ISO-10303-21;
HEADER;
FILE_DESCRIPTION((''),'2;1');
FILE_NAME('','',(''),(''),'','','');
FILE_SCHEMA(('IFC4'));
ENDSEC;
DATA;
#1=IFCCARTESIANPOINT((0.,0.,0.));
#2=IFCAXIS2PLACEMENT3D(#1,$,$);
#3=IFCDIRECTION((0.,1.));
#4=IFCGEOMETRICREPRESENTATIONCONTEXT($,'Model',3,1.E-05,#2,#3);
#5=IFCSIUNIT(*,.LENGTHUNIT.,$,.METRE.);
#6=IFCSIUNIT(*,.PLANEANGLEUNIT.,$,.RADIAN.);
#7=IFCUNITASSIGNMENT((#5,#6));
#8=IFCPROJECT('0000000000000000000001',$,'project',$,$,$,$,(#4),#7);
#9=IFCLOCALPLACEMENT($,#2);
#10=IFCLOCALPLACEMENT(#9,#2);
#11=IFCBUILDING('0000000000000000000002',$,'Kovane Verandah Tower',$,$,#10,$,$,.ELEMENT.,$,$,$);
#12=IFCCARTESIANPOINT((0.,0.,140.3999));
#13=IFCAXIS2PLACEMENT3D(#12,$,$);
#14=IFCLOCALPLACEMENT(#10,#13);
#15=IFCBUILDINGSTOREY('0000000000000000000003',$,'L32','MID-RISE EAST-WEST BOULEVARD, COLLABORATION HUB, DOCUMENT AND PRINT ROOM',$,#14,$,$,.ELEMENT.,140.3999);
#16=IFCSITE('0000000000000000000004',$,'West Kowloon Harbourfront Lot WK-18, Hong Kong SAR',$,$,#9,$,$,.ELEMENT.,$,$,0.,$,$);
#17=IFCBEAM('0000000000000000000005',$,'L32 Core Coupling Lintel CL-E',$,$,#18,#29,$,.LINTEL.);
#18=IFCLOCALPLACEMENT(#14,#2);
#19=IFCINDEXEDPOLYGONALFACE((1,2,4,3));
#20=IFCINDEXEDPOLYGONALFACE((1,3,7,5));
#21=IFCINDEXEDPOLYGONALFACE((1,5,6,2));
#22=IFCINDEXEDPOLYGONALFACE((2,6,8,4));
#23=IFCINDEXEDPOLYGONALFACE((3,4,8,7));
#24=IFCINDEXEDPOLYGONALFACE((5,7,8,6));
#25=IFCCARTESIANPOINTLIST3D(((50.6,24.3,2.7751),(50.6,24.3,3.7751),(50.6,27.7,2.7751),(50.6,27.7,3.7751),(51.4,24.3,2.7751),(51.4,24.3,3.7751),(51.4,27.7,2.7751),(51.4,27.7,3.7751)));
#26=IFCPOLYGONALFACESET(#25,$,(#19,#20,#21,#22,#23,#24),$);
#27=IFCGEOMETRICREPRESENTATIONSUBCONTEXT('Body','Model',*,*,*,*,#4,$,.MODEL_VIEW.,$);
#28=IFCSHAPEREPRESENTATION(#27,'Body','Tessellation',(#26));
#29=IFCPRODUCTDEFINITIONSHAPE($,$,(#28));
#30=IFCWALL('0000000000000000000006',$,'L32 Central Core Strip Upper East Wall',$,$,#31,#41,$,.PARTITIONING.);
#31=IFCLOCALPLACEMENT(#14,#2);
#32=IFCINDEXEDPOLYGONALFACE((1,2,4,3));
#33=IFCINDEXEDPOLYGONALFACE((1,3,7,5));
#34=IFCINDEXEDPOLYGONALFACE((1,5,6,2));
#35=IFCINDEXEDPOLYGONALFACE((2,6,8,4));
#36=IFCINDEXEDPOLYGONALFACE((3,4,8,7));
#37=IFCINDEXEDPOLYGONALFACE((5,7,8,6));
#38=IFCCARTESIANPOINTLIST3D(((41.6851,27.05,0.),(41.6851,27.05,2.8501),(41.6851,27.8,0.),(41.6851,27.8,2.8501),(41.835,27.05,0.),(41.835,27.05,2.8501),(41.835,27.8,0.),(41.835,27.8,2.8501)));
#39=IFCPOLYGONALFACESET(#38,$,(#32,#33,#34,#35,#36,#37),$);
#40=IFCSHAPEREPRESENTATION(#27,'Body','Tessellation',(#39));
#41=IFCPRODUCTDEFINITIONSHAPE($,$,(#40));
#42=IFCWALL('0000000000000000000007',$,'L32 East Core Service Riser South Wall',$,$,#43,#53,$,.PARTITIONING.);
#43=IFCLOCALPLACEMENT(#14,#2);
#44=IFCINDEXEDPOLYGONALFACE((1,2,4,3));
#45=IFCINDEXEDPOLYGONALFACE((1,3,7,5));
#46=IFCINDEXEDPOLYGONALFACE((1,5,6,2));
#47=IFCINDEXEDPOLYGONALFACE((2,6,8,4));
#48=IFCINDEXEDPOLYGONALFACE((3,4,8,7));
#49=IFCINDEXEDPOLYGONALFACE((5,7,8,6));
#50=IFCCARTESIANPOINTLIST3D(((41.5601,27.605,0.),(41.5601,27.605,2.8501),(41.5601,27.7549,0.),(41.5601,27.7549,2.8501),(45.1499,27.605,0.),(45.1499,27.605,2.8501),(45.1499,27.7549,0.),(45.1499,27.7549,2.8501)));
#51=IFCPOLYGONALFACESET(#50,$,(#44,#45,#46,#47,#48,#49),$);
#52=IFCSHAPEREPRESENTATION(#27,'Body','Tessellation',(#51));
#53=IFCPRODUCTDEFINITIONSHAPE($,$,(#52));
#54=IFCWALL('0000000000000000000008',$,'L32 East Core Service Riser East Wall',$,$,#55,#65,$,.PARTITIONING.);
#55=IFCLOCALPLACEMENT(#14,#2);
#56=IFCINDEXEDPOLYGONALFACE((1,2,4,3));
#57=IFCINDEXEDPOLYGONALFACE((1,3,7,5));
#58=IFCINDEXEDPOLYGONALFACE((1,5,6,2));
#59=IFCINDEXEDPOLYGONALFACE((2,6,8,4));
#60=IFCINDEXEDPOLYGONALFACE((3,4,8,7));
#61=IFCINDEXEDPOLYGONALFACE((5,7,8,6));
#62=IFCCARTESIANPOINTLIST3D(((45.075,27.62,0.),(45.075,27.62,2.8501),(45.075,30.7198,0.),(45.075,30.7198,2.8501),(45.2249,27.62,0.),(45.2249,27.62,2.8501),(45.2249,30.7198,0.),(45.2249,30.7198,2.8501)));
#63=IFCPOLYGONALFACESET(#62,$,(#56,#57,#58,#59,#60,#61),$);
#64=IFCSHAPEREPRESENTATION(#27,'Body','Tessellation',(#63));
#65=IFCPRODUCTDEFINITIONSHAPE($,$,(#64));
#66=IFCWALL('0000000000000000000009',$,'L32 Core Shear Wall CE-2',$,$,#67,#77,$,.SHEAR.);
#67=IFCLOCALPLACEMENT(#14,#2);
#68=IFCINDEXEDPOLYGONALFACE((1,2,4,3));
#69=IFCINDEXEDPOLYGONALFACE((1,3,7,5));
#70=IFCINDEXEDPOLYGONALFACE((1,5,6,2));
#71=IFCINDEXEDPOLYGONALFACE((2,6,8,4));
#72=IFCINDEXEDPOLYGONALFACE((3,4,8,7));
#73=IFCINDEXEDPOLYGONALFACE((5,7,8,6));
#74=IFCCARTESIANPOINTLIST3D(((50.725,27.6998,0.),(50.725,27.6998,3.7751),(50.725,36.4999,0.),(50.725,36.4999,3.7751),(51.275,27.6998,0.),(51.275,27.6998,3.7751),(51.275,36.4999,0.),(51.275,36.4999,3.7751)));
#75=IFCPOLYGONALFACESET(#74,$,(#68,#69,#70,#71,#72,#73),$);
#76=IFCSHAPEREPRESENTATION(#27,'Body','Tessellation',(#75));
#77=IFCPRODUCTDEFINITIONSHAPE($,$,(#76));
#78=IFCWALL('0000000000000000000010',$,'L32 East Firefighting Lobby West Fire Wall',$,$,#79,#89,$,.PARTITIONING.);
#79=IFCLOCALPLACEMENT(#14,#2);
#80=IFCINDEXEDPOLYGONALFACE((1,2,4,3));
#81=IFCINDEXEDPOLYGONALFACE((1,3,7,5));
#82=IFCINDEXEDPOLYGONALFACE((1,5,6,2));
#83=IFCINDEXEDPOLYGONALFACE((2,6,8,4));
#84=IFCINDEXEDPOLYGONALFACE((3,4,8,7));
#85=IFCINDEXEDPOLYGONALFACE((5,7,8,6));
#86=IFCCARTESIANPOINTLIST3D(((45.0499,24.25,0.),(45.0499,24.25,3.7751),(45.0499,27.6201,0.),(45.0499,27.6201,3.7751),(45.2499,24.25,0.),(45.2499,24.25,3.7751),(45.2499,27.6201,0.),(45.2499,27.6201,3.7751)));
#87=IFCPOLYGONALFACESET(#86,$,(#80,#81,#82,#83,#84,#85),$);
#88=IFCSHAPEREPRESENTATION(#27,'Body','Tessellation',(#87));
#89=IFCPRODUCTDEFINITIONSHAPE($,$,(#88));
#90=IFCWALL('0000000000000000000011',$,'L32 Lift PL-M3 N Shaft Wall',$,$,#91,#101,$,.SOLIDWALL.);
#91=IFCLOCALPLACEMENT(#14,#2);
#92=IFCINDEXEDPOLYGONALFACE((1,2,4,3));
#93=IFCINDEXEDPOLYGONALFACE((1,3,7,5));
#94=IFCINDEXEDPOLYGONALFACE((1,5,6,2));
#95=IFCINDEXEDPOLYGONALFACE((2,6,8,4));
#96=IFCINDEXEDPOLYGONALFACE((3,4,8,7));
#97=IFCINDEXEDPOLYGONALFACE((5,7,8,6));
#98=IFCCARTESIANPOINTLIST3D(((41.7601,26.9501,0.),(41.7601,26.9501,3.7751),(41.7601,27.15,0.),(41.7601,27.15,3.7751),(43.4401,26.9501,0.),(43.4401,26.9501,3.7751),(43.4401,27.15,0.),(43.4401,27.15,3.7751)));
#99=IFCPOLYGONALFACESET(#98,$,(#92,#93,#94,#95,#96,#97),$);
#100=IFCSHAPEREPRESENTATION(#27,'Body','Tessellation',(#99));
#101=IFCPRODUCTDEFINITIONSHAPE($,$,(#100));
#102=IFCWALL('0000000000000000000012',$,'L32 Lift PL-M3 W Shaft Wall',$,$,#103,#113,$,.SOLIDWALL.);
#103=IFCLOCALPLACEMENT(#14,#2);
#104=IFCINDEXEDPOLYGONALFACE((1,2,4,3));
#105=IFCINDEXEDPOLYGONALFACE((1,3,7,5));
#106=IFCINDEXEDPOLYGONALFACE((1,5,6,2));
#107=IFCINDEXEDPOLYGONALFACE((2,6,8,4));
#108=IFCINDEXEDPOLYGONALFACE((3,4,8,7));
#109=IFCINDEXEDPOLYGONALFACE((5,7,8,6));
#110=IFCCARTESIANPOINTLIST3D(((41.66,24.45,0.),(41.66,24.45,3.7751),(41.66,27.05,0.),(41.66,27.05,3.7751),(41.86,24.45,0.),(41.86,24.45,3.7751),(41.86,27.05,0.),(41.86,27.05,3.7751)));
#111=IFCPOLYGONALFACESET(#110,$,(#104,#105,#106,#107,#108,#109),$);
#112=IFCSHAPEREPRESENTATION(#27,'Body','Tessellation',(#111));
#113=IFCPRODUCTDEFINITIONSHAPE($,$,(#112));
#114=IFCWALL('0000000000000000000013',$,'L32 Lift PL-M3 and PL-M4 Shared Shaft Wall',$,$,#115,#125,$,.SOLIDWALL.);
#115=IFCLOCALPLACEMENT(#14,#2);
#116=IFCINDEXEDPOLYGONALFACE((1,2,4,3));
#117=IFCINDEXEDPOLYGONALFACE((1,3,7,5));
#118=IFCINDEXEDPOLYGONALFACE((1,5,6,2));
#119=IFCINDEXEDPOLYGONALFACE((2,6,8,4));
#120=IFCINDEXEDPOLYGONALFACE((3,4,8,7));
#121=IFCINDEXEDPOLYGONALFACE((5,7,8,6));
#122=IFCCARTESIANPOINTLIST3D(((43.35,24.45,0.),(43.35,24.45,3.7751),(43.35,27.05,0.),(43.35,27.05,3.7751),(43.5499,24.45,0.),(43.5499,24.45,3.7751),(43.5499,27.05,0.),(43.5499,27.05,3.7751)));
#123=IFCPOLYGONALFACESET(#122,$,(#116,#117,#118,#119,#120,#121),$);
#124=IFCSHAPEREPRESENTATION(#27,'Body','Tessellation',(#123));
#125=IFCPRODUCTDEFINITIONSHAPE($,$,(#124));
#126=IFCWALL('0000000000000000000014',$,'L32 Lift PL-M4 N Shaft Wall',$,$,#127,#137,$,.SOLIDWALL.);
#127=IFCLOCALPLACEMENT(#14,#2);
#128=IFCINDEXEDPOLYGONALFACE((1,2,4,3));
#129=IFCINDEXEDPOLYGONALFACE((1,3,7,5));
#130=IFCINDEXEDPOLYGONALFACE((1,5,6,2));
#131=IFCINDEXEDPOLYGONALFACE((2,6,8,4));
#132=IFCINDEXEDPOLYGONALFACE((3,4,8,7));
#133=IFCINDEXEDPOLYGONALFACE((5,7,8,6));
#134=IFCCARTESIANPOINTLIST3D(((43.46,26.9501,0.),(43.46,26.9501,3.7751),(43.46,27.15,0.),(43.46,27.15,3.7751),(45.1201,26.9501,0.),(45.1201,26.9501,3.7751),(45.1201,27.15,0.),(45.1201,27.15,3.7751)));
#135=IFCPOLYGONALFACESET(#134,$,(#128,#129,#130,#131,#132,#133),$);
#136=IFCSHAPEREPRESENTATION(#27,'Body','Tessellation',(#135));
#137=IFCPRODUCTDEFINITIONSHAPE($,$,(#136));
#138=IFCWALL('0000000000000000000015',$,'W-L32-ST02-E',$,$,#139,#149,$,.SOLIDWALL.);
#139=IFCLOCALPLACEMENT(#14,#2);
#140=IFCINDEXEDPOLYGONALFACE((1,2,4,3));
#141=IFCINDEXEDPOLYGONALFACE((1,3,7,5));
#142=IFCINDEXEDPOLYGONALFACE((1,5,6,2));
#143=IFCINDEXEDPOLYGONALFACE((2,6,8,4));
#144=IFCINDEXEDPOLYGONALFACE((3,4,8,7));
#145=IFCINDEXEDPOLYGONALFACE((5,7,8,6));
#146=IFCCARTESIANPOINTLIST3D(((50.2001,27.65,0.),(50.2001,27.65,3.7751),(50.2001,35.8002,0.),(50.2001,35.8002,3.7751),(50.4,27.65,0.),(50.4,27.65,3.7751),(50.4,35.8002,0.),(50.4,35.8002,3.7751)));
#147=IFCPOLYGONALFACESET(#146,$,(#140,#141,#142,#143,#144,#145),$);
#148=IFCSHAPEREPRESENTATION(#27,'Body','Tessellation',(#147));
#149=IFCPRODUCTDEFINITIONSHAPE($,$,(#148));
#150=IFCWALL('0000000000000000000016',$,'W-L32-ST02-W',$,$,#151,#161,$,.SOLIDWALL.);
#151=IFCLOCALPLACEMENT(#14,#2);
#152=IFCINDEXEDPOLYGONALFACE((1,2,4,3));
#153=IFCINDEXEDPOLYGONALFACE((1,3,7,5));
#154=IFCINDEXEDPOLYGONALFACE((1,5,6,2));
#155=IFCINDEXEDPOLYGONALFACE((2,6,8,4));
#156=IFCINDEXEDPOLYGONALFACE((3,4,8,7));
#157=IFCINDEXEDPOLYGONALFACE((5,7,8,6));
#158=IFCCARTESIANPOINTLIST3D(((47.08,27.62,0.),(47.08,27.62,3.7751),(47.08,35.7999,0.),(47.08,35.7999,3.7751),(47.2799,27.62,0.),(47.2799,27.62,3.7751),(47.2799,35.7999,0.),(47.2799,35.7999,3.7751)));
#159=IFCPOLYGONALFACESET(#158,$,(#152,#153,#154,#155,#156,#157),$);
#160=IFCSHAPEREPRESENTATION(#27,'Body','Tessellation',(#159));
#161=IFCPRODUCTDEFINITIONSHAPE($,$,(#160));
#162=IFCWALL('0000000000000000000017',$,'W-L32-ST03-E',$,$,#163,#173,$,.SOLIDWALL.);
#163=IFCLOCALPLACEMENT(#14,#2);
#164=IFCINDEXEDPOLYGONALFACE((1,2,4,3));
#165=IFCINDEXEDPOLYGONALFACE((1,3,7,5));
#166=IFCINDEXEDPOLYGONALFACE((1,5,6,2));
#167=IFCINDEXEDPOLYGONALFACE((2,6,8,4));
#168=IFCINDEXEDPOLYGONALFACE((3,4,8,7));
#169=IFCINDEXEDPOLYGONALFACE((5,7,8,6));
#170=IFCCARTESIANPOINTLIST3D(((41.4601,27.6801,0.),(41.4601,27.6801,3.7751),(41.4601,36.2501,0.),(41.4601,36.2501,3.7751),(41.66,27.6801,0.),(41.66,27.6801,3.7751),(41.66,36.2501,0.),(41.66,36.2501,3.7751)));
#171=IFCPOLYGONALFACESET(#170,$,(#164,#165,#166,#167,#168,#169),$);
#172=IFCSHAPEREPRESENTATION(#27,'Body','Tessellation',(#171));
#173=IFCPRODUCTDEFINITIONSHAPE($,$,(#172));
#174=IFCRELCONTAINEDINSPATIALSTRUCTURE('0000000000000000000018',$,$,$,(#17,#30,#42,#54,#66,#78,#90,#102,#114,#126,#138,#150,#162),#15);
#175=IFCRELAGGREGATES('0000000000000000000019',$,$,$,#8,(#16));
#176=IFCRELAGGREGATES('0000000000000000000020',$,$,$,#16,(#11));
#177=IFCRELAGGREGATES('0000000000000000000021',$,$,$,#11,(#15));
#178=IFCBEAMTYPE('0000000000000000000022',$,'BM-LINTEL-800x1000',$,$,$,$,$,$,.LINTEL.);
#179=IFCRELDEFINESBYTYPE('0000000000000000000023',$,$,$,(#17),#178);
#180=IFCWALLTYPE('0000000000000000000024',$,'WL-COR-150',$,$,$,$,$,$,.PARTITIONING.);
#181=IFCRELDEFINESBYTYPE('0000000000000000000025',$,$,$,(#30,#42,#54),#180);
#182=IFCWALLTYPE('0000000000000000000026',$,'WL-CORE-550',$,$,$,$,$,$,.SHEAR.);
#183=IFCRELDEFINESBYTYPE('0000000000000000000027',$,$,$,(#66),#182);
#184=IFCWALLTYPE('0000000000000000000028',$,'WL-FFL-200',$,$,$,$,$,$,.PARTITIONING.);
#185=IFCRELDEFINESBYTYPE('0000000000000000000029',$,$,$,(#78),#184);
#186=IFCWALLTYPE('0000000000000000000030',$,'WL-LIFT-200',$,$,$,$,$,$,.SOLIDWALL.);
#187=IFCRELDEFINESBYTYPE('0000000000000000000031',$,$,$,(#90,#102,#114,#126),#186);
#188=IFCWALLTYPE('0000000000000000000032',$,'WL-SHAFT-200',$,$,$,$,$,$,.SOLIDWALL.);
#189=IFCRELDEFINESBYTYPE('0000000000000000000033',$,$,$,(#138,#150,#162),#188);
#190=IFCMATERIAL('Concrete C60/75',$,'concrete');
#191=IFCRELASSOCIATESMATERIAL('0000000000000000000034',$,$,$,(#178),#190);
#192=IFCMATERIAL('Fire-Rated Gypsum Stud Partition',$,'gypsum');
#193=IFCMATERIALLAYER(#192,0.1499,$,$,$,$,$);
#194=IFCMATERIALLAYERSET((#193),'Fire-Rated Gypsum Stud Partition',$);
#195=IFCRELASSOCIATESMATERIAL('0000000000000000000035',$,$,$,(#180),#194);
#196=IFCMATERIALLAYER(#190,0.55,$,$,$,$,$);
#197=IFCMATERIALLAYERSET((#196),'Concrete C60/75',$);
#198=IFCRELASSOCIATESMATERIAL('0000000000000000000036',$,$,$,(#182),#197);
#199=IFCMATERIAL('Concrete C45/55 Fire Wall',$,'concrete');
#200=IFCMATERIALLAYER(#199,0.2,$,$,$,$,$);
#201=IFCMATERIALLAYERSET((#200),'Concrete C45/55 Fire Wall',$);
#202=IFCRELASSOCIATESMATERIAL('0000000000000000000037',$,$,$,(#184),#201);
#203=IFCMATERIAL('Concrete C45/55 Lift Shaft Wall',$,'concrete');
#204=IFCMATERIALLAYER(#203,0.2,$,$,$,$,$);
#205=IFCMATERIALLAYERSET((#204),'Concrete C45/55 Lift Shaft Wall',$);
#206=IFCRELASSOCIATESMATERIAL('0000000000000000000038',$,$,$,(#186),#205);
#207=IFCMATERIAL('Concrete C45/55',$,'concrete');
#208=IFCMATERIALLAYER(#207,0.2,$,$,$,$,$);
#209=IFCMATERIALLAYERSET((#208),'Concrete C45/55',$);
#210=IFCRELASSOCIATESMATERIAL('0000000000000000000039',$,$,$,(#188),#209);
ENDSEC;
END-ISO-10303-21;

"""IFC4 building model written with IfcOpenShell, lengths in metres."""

from ifc_helpers import new_model, si_unit, direction, frame, frame_2d, origin, origin_2d, place, context, subcontext, project, spatial, rectangle, extrude, material, layer, layer_set, material_profile, profile_set, type_object, element, save


model = new_model("IFC4")

# Units and contexts
model_context = context("Model", 3, precision=1e-05, world=origin(), true_north=direction((0.0, 1.0)))
body_context = subcontext(model_context, "Body", "Model", "MODEL_VIEW")
ifc_project = project(units=[si_unit("LENGTHUNIT", "METRE"), si_unit("PLANEANGLEUNIT", "RADIAN")], contexts=[model_context])

# Site, building, storey
site_placement = place(None, origin())
site = spatial("IfcSite", under=ifc_project, at=site_placement, Name="West Kowloon Harbourfront Lot WK-18, Hong Kong SAR", CompositionType="ELEMENT", RefElevation=0.0)
building_placement = place(site_placement, origin())
building = spatial("IfcBuilding", under=site, at=building_placement, Name="Kovane Verandah Tower", CompositionType="ELEMENT")
storey_placement = place(building_placement, frame((0.0, 0.0, 140.3999)))
storey = spatial("IfcBuildingStorey", under=building, at=storey_placement, Name="L32", Description="MID-RISE EAST-WEST BOULEVARD, COLLABORATION HUB, DOCUMENT AND PRINT ROOM", CompositionType="ELEMENT", Elevation=140.3999)

# Beam
ifc_material_1 = material(Name="Concrete C60/75", Category="concrete")
ifc_material_profile = material_profile(ifc_material_1, rectangle(XDim=0.8, YDim=1.0, at=origin_2d()), Name="RCB800x1000")
ifc_profile_set = profile_set([ifc_material_profile], Name="Concrete C60/75")
beam_type = type_object("IfcBeamType", Name="BM-LINTEL-800x1000", PredefinedType="LINTEL", material=ifc_profile_set)
beam_placement = place(storey_placement, frame((51.0, 24.3, 3.2751), z_axis=(0.0, 1.0, 0.0), x_axis=(-1.0, 0.0, 0.0)))
element("IfcBeam", 1, at=beam_placement, inside=storey, type_object=beam_type, Name="L32 Core Coupling Lintel CL-E", PredefinedType="LINTEL", context=body_context, shape_type="SweptSolid", body=[
    extrude(rectangle(XDim=0.8, YDim=1.0, at=origin_2d()), origin(), (0.0, 0.0, 1.0), 3.3999),
])

# Walls
ifc_material_2 = material(Name="Fire-Rated Gypsum Stud Partition", Category="gypsum")
ifc_layer_1 = layer(ifc_material_2, 0.1499)
ifc_layer_set_1 = layer_set([ifc_layer_1], Name="Fire-Rated Gypsum Stud Partition")
wall_type_1 = type_object("IfcWallType", Name="WL-COR-150", PredefinedType="PARTITIONING", material=ifc_layer_set_1)
wall_1_placement = place(storey_placement, frame((41.76, 27.05, 0.0), z_axis=(0.0, 0.0, 1.0), x_axis=(0.0, 1.0, 0.0)))
element("IfcWall", 2, at=wall_1_placement, inside=storey, type_object=wall_type_1, Name="L32 Central Core Strip Upper East Wall", PredefinedType="PARTITIONING", context=body_context, shape_type="SweptSolid", body=[
    extrude(rectangle(XDim=0.75, YDim=0.1499, at=frame_2d((0.375, 0.0))), origin(), (0.0, 0.0, 1.0), 2.8501),
])
wall_2_placement = place(storey_placement, frame((41.5601, 27.6799, 0.0), z_axis=(0.0, 0.0, 1.0), x_axis=(1.0, 0.0, 0.0)))
element("IfcWall", 3, at=wall_2_placement, inside=storey, type_object=wall_type_1, Name="L32 East Core Service Riser South Wall", PredefinedType="PARTITIONING", context=body_context, shape_type="SweptSolid", body=[
    extrude(rectangle(XDim=3.5898, YDim=0.1499, at=frame_2d((1.7949, 0.0))), origin(), (0.0, 0.0, 1.0), 2.8501),
])
wall_3_placement = place(storey_placement, frame((45.1499, 27.6201, 0.0), z_axis=(0.0, 0.0, 1.0), x_axis=(0.0, 1.0, 0.0)))
element("IfcWall", 4, at=wall_3_placement, inside=storey, type_object=wall_type_1, Name="L32 East Core Service Riser East Wall", PredefinedType="PARTITIONING", context=body_context, shape_type="SweptSolid", body=[
    extrude(rectangle(XDim=3.0999, YDim=0.1499, at=frame_2d((1.5498, 0.0))), origin(), (0.0, 0.0, 1.0), 2.8501),
])
ifc_layer_2 = layer(ifc_material_1, 0.55)
ifc_layer_set_2 = layer_set([ifc_layer_2], Name="Concrete C60/75")
wall_type_2 = type_object("IfcWallType", Name="WL-CORE-550", PredefinedType="SHEAR", material=ifc_layer_set_2)
wall_4_placement = place(storey_placement, frame((51.0, 27.7, 0.0), z_axis=(0.0, 0.0, 1.0), x_axis=(0.0, 1.0, 0.0)))
element("IfcWall", 5, at=wall_4_placement, inside=storey, type_object=wall_type_2, Name="L32 Core Shear Wall CE-2", PredefinedType="SHEAR", context=body_context, shape_type="SweptSolid", body=[
    extrude(rectangle(XDim=8.8, YDim=0.55, at=frame_2d((4.3999, 0.0))), origin(), (0.0, 0.0, 1.0), 3.7751),
])
ifc_material_3 = material(Name="Concrete C45/55 Fire Wall", Category="concrete")
ifc_layer_3 = layer(ifc_material_3, 0.2)
ifc_layer_set_3 = layer_set([ifc_layer_3], Name="Concrete C45/55 Fire Wall")
wall_type_3 = type_object("IfcWallType", Name="WL-FFL-200", PredefinedType="PARTITIONING", material=ifc_layer_set_3)
wall_5_placement = place(storey_placement, frame((45.1499, 24.25, 0.0), z_axis=(0.0, 0.0, 1.0), x_axis=(0.0, 1.0, 0.0)))
element("IfcWall", 6, at=wall_5_placement, inside=storey, type_object=wall_type_3, Name="L32 East Firefighting Lobby West Fire Wall", PredefinedType="PARTITIONING", context=body_context, shape_type="SweptSolid", body=[
    extrude(rectangle(XDim=3.3701, YDim=0.2, at=frame_2d((1.6851, 0.0))), origin(), (0.0, 0.0, 1.0), 3.7751),
])

# Shared definitions
ifc_material_4 = material(Name="Concrete C45/55 Lift Shaft Wall", Category="concrete")
ifc_layer_4 = layer(ifc_material_4, 0.2)
ifc_layer_set_4 = layer_set([ifc_layer_4], Name="Concrete C45/55 Lift Shaft Wall")
wall_type_4 = type_object("IfcWallType", Name="WL-LIFT-200", PredefinedType="SOLIDWALL", material=ifc_layer_set_4)

# Walls
wall_6_placement = place(storey_placement, frame((43.4399, 27.05, 0.0), z_axis=(0.0, 0.0, 1.0), x_axis=(-1.0, 0.0, 0.0)))
element("IfcWall", 7, at=wall_6_placement, inside=storey, type_object=wall_type_4, Name="L32 Lift PL-M3 N Shaft Wall", PredefinedType="SOLIDWALL", context=body_context, shape_type="SweptSolid", body=[
    extrude(rectangle(XDim=1.6799, YDim=0.2, at=frame_2d((0.8398, 0.0))), origin(), (0.0, 0.0, 1.0), 3.7751),
])
for number, where, z_axis, x_axis, name in (
    (8, (41.76, 27.05, 0.0), (0.0, 0.0, 1.0), (0.0, -1.0, 0.0), "L32 Lift PL-M3 W Shaft Wall"),
    (9, (43.45, 24.45, 0.0), (0.0, 0.0, 1.0), (0.0, 1.0, 0.0), "L32 Lift PL-M3 and PL-M4 Shared Shaft Wall"),
):
    element("IfcWall", number, at=place(storey_placement, frame(where, z_axis=z_axis, x_axis=x_axis)), inside=storey, type_object=wall_type_4, Name=name, PredefinedType="SOLIDWALL", context=body_context, shape_type="SweptSolid", body=[
        extrude(rectangle(XDim=2.6001, YDim=0.2, at=frame_2d((1.3, 0.0))), origin(), (0.0, 0.0, 1.0), 3.7751),
    ])

# Walls
wall_7_placement = place(storey_placement, frame((45.1201, 27.05, 0.0), z_axis=(0.0, 0.0, 1.0), x_axis=(-1.0, 0.0, 0.0)))
element("IfcWall", 10, at=wall_7_placement, inside=storey, type_object=wall_type_4, Name="L32 Lift PL-M4 N Shaft Wall", PredefinedType="SOLIDWALL", context=body_context, shape_type="SweptSolid", body=[
    extrude(rectangle(XDim=1.6602, YDim=0.2, at=frame_2d((0.8301, 0.0))), origin(), (0.0, 0.0, 1.0), 3.7751),
])
ifc_material_5 = material(Name="Concrete C45/55", Category="concrete")
ifc_layer_5 = layer(ifc_material_5, 0.2)
ifc_layer_set_5 = layer_set([ifc_layer_5], Name="Concrete C45/55")
wall_type_5 = type_object("IfcWallType", Name="WL-SHAFT-200", PredefinedType="SOLIDWALL", material=ifc_layer_set_5)
wall_8_placement = place(storey_placement, frame((50.3, 27.6499, 0.0), z_axis=(0.0, 0.0, 1.0), x_axis=(0.0, 1.0, 0.0)))
element("IfcWall", 11, at=wall_8_placement, inside=storey, type_object=wall_type_5, Name="W-L32-ST02-E", PredefinedType="SOLIDWALL", context=body_context, shape_type="SweptSolid", body=[
    extrude(rectangle(XDim=8.1501, YDim=0.2, at=frame_2d((4.0752, 0.0))), origin(), (0.0, 0.0, 1.0), 3.7751),
])
wall_9_placement = place(storey_placement, frame((47.1799, 27.6201, 0.0), z_axis=(0.0, 0.0, 1.0), x_axis=(0.0, 1.0, 0.0)))
element("IfcWall", 12, at=wall_9_placement, inside=storey, type_object=wall_type_5, Name="W-L32-ST02-W", PredefinedType="SOLIDWALL", context=body_context, shape_type="SweptSolid", body=[
    extrude(rectangle(XDim=8.1799, YDim=0.2, at=frame_2d((4.0898, 0.0))), origin(), (0.0, 0.0, 1.0), 3.7751),
])

# Wall
wall_10_placement = place(storey_placement, frame((41.5601, 27.6799, 0.0), z_axis=(0.0, 0.0, 1.0), x_axis=(0.0, 1.0, 0.0)))
element("IfcWall", 13, at=wall_10_placement, inside=storey, type_object=wall_type_5, Name="W-L32-ST03-E", PredefinedType="SOLIDWALL", context=body_context, shape_type="SweptSolid", body=[
    extrude(rectangle(XDim=8.5701, YDim=0.2, at=frame_2d((4.2852, 0.0))), origin(), (0.0, 0.0, 1.0), 3.7751),
])

save(model, "model.ifc")
